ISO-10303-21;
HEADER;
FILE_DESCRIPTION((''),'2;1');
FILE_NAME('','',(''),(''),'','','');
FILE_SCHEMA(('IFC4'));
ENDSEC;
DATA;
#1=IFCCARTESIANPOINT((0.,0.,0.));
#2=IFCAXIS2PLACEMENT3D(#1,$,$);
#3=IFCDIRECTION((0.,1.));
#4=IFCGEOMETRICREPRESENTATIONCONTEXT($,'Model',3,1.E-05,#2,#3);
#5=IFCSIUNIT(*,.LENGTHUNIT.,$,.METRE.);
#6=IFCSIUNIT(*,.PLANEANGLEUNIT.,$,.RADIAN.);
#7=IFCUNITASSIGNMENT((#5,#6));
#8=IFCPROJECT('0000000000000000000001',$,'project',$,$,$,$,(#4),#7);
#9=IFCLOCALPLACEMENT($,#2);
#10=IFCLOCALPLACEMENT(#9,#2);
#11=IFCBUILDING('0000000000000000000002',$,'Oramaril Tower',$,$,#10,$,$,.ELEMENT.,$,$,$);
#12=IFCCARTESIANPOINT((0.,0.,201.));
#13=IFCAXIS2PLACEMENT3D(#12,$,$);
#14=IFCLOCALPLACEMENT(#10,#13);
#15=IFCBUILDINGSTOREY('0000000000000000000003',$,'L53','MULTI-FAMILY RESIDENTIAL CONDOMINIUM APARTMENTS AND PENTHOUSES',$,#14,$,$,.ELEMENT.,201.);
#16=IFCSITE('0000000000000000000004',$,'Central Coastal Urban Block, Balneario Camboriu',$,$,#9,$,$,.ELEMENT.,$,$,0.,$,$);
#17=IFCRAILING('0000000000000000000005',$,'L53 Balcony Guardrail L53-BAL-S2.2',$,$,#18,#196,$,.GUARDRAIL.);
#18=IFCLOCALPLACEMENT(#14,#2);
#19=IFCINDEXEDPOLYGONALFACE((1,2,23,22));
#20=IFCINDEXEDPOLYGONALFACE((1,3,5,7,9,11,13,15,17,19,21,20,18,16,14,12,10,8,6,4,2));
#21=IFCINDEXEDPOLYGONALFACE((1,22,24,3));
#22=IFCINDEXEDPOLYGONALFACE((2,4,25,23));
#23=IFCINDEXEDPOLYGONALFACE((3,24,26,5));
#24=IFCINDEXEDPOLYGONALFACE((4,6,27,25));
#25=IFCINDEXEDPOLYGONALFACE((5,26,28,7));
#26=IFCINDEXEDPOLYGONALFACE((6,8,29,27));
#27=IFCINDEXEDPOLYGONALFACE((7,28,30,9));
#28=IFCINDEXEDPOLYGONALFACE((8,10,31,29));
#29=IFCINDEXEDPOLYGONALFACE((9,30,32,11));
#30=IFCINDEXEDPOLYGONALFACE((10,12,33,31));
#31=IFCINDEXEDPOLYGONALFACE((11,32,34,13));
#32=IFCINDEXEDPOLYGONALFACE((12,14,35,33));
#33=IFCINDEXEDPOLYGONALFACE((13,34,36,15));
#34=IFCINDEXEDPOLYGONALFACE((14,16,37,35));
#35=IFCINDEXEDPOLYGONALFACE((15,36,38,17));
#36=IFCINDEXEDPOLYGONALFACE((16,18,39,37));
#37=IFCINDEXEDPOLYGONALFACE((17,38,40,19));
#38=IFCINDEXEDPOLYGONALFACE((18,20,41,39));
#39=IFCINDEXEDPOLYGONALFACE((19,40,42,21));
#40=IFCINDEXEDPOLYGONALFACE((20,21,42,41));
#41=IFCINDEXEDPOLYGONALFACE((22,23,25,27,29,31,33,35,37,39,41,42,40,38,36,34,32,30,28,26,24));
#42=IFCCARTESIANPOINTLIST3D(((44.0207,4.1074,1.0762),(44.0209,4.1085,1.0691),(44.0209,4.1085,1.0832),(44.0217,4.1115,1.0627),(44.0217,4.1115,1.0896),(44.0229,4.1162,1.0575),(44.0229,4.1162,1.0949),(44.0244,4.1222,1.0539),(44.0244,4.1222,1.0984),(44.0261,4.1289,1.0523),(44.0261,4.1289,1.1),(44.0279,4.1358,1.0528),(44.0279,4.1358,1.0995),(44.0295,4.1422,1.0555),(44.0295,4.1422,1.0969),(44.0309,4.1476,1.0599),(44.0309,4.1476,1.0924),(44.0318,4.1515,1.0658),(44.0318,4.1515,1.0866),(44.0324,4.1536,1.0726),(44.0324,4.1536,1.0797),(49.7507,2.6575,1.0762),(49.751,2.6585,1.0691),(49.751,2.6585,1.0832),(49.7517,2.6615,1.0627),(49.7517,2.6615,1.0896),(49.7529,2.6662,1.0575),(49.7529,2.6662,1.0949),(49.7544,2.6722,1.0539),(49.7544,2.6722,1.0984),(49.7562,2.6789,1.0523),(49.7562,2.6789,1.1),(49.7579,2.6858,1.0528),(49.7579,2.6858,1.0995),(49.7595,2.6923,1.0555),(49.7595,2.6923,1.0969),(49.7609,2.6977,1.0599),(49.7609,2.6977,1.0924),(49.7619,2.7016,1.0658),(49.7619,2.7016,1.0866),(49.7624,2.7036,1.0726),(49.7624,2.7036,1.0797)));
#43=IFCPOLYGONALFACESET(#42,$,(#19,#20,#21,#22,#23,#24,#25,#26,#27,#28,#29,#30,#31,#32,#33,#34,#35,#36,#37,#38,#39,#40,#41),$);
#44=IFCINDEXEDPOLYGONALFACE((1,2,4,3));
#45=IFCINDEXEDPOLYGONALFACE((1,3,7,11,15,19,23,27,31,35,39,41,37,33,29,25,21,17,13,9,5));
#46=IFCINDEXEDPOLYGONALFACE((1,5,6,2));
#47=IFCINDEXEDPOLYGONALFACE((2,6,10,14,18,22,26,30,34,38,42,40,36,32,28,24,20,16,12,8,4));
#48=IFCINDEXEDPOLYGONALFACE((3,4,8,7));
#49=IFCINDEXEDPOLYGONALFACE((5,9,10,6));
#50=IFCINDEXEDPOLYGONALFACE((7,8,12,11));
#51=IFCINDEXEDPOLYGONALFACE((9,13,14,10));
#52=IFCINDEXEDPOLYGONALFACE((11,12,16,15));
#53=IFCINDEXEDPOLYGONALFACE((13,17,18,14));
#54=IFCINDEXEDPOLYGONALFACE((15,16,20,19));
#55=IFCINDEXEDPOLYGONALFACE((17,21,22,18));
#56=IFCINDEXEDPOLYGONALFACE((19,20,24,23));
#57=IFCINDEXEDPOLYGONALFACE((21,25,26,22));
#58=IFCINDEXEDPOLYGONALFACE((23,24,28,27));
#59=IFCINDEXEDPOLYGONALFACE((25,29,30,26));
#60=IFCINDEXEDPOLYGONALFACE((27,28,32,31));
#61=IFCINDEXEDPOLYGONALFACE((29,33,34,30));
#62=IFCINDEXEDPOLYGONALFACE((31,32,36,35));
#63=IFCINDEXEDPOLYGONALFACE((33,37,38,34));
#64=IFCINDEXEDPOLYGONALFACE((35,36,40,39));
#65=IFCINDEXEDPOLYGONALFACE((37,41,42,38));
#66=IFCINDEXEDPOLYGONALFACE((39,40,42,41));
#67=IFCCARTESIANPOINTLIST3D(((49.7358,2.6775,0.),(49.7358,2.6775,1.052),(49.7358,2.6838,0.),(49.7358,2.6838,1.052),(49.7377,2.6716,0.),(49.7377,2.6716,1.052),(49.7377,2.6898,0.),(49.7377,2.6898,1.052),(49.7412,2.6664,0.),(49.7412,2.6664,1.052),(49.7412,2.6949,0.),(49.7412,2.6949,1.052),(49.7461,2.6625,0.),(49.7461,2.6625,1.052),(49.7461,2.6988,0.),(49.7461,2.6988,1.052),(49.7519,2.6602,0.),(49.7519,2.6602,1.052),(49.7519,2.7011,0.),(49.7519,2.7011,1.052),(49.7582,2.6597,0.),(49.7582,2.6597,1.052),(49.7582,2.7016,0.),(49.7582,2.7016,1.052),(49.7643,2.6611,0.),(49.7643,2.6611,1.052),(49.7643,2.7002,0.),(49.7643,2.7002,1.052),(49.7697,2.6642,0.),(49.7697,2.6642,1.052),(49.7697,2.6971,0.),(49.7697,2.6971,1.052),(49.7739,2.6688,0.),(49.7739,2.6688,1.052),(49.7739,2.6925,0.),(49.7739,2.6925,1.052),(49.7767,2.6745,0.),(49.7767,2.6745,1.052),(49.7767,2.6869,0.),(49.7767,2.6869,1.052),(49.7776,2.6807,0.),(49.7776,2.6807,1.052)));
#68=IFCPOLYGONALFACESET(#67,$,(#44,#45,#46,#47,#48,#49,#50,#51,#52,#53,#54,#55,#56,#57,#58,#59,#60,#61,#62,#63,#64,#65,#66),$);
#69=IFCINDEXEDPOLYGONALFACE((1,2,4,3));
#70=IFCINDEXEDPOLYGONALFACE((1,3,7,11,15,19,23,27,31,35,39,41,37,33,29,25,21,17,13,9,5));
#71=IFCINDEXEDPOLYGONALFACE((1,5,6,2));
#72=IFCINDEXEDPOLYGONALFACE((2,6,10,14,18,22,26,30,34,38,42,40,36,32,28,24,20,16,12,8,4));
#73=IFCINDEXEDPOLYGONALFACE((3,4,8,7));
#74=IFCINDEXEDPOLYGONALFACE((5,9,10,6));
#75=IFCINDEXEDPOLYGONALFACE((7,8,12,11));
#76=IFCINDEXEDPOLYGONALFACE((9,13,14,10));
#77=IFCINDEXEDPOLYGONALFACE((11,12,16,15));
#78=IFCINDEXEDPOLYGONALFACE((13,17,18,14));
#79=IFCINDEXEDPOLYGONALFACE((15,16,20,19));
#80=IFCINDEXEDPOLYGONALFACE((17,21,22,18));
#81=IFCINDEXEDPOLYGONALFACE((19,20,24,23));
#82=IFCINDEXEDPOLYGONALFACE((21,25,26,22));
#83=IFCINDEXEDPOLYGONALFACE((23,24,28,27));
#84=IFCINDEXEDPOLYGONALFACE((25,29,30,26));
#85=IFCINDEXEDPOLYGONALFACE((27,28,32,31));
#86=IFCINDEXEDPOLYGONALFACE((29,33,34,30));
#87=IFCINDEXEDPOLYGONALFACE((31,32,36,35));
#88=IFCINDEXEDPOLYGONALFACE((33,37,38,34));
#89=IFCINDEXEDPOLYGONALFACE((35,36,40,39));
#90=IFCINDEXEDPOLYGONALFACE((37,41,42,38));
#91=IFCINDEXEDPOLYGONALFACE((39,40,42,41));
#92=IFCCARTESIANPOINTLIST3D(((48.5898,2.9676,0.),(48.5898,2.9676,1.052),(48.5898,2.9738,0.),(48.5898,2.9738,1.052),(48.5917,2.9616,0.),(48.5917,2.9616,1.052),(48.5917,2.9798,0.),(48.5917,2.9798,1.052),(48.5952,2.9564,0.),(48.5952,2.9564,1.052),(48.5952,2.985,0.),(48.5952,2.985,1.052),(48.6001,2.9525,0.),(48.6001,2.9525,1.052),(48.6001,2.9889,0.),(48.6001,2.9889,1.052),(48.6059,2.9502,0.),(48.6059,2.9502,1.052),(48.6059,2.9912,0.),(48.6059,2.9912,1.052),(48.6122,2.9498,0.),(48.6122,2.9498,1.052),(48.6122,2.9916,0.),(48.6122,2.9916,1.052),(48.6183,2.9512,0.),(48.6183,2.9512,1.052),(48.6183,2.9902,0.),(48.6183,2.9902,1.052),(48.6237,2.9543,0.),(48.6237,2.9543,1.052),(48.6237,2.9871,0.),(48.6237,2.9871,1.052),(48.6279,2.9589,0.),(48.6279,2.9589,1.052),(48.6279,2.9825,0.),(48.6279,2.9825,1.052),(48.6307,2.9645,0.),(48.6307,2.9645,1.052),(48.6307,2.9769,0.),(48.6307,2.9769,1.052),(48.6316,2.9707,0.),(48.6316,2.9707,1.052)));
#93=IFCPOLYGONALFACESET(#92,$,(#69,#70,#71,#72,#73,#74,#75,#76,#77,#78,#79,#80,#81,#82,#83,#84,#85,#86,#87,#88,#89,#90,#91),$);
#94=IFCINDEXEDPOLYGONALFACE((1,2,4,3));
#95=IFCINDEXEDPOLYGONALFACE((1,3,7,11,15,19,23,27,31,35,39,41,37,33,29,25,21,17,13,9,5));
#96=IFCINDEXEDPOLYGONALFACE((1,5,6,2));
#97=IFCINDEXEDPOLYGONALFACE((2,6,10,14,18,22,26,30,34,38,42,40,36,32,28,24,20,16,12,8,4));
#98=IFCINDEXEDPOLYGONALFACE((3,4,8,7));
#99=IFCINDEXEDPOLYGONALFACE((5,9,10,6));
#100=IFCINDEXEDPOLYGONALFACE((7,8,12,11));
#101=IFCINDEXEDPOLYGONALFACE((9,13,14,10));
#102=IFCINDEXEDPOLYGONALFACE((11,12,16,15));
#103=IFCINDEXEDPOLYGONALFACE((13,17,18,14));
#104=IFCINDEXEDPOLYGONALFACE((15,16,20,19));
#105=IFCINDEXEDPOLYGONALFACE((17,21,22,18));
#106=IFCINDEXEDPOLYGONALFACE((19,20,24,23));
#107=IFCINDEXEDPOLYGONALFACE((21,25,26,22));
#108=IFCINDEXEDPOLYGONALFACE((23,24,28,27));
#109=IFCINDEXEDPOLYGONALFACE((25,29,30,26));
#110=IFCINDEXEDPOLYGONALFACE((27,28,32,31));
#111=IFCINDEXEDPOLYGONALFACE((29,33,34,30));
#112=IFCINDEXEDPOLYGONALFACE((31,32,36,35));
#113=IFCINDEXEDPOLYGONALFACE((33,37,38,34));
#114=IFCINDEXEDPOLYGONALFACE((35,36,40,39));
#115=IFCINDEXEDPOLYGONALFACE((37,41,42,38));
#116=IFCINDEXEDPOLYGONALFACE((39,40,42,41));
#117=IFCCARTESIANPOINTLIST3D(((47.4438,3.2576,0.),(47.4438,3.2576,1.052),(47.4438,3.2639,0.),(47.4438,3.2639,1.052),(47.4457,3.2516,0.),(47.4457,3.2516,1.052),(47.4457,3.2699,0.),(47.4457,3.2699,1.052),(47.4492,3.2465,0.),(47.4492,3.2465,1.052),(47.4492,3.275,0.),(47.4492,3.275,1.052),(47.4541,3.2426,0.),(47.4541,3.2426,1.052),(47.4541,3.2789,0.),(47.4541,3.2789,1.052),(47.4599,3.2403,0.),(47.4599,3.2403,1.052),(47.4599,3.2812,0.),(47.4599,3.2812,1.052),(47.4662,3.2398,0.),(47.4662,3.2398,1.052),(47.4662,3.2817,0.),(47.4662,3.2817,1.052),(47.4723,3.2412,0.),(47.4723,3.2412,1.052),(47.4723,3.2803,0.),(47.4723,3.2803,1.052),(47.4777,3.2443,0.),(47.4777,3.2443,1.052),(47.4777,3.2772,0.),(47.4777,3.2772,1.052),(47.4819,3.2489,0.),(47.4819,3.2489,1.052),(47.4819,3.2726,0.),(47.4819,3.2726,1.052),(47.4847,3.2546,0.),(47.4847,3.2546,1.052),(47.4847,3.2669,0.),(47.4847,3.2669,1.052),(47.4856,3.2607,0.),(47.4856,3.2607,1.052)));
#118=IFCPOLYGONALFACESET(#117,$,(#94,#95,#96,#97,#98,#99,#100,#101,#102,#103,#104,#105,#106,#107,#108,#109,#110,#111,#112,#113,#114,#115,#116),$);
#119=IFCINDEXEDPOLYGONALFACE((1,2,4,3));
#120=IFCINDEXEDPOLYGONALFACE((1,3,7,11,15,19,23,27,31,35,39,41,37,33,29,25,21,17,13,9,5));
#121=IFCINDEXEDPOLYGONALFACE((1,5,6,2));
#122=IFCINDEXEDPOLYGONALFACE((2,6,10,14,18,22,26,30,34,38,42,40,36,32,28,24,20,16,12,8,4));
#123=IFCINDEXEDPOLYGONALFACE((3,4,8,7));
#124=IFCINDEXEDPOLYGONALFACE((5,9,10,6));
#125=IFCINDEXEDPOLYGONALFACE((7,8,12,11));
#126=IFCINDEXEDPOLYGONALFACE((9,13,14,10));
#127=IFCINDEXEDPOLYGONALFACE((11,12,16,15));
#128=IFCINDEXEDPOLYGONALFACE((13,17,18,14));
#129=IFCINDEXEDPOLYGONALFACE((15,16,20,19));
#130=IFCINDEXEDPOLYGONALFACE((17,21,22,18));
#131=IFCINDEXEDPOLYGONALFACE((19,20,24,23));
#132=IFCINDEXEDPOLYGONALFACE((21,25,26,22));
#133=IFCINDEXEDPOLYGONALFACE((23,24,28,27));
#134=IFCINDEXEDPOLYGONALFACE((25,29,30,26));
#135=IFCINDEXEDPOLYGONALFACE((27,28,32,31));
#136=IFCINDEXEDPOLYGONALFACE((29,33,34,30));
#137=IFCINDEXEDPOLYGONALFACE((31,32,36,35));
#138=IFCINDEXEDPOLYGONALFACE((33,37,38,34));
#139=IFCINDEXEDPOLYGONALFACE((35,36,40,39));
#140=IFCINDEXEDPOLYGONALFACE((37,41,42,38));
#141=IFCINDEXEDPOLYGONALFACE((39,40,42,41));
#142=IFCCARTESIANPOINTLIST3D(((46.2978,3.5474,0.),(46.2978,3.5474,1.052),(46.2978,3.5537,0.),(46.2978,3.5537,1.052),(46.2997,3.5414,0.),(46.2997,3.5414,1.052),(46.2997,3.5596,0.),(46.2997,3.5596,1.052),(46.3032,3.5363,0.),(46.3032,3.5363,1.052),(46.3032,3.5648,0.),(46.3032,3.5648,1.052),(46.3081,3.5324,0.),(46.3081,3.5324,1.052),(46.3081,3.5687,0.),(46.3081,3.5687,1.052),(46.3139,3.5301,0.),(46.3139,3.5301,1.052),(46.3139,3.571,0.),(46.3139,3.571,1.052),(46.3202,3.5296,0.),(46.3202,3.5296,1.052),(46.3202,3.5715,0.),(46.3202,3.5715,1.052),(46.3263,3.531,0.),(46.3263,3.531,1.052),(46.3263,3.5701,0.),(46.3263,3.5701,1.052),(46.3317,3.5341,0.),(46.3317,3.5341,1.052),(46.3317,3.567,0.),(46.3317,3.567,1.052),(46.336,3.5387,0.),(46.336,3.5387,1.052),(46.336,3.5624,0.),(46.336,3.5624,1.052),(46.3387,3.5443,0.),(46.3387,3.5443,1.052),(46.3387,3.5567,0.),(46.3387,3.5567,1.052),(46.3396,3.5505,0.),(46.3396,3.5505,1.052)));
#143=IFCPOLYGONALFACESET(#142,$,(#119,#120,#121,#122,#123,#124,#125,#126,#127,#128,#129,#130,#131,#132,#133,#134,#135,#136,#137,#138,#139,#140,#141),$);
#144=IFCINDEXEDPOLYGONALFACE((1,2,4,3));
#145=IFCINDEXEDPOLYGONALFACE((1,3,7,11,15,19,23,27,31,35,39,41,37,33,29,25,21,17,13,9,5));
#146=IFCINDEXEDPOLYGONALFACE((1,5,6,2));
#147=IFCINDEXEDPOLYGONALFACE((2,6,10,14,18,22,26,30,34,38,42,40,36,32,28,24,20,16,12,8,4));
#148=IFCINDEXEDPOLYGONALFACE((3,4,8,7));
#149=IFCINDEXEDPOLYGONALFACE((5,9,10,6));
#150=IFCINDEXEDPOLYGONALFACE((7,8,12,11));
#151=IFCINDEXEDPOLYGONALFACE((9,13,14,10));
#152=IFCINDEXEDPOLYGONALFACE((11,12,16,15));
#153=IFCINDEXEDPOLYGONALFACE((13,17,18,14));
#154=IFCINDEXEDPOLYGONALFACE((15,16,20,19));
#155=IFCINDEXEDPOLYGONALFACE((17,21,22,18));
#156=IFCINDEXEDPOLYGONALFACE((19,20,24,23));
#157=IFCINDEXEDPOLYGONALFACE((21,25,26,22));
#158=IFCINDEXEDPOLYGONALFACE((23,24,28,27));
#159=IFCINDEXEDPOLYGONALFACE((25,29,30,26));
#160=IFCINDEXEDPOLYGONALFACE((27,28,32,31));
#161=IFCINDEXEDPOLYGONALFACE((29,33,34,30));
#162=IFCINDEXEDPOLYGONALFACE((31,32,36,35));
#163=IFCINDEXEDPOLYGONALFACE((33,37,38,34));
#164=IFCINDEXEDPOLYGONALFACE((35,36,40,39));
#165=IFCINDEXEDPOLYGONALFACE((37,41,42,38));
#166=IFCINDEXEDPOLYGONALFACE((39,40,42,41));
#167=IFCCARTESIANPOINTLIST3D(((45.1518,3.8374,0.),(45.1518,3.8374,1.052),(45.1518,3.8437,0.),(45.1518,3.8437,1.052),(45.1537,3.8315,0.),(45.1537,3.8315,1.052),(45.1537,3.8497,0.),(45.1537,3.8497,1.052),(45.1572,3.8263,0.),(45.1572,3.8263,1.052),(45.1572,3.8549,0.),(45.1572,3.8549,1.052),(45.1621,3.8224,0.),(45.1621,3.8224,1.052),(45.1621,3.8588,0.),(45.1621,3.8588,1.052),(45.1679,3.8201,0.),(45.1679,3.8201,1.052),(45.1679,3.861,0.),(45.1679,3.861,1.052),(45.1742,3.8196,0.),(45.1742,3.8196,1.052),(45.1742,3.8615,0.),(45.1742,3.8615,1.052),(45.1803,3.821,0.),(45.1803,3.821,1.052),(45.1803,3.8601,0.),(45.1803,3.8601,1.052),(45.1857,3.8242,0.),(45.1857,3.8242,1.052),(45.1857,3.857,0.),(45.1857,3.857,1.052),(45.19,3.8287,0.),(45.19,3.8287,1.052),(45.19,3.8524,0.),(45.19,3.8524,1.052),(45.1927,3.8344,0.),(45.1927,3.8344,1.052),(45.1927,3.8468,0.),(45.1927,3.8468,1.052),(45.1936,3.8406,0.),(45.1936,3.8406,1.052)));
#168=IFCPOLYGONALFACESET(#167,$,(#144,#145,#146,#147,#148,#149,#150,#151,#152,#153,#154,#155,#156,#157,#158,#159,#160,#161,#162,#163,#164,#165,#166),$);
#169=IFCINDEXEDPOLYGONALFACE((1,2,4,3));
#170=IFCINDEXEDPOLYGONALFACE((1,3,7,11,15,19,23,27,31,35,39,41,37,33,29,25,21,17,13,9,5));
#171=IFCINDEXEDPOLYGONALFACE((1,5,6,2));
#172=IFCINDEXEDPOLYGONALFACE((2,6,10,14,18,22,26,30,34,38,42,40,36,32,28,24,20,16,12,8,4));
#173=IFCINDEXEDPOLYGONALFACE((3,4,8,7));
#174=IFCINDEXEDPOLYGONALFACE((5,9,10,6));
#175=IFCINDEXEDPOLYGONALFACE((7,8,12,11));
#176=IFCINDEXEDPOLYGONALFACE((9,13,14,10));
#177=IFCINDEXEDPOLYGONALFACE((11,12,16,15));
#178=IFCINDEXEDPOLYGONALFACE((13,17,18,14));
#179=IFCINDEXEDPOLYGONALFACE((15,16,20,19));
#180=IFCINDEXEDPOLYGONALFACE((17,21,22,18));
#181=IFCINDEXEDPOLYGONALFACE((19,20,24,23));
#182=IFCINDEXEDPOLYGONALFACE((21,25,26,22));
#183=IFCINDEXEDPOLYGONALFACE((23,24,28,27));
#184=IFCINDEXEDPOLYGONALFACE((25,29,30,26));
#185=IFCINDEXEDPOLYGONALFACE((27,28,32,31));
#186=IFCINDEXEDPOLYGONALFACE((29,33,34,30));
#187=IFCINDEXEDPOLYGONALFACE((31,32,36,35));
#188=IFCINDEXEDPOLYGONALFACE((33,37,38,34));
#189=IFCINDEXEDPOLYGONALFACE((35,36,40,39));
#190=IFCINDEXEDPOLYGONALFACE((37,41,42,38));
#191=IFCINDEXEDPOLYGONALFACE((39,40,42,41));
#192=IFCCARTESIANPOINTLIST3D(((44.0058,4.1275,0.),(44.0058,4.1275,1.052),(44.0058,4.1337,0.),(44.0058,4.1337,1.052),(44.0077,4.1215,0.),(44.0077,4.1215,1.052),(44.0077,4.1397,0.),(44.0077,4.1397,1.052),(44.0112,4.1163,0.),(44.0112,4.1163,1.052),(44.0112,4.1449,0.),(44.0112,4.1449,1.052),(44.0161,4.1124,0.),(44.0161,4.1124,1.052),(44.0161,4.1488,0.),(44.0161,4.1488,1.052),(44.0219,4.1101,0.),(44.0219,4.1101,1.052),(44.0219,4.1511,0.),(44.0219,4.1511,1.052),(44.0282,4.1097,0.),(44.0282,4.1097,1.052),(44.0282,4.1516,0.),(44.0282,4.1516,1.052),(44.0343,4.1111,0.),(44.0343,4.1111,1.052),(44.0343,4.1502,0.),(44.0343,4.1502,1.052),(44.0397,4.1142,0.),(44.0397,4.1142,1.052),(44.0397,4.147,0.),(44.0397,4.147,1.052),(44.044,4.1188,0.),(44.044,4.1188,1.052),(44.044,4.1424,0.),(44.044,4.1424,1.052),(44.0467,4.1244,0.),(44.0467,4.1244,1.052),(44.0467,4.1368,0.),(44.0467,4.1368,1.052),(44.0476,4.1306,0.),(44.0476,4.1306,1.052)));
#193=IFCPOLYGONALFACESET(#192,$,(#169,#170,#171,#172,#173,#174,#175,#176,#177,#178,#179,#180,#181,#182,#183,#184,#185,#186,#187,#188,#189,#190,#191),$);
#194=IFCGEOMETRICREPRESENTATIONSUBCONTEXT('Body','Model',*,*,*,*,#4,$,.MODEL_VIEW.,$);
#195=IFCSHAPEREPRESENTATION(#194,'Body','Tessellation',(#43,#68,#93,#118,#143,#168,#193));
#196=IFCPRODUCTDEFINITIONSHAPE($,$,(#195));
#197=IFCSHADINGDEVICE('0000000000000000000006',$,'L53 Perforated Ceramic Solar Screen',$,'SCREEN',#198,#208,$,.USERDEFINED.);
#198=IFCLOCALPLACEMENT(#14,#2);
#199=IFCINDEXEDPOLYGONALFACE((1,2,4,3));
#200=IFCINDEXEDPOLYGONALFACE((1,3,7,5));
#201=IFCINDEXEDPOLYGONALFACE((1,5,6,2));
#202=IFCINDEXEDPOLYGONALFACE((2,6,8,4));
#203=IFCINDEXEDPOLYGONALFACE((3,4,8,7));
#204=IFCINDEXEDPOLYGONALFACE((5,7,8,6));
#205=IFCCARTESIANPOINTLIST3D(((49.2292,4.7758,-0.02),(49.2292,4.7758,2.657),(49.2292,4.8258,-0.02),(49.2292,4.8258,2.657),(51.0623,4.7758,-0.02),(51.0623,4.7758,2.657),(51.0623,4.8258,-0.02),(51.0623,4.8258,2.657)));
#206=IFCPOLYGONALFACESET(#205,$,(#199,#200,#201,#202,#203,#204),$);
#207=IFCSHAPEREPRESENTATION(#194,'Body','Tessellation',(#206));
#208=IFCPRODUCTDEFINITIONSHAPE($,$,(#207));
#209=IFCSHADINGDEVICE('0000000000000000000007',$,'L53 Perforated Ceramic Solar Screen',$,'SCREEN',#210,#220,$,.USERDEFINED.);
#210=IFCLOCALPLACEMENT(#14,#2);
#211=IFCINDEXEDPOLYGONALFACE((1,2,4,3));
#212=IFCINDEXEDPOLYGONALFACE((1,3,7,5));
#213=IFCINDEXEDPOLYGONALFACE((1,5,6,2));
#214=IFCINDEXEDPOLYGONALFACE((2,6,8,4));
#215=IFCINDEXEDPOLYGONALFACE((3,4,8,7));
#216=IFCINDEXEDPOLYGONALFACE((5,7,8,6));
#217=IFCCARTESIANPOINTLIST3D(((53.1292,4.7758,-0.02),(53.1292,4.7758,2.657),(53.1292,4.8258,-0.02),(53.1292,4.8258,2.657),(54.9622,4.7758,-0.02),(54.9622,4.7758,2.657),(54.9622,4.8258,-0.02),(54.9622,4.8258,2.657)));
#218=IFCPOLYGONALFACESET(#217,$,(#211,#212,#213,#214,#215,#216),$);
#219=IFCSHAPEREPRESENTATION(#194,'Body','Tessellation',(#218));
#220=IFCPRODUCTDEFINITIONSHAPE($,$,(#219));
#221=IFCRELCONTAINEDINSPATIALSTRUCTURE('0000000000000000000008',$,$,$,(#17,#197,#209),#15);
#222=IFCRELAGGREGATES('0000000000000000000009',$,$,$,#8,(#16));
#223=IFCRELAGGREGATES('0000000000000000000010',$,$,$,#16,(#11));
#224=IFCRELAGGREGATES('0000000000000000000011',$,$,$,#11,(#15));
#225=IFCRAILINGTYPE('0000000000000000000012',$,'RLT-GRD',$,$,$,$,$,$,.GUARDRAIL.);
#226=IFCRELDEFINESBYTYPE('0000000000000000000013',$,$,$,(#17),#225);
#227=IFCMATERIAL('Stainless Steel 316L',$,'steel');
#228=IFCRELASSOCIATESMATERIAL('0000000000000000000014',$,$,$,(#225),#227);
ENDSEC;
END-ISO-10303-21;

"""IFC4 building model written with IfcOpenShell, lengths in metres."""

from ifc_helpers import new_model, si_unit, direction, frame, origin, origin_2d, place, context, subcontext, project, spatial, rectangle, circle, extrude, material, type_object, element, save


model = new_model("IFC4")

# Units and contexts
model_context = context("Model", 3, precision=1e-05, world=origin(), true_north=direction((0.0, 1.0)))
body_context = subcontext(model_context, "Body", "Model", "MODEL_VIEW")
ifc_project = project(units=[si_unit("LENGTHUNIT", "METRE"), si_unit("PLANEANGLEUNIT", "RADIAN")], contexts=[model_context])

# Site, building, storey
site_placement = place(None, origin())
site = spatial("IfcSite", under=ifc_project, at=site_placement, Name="Central Coastal Urban Block, Balneario Camboriu", CompositionType="ELEMENT", RefElevation=0.0)
building_placement = place(site_placement, origin())
building = spatial("IfcBuilding", under=site, at=building_placement, Name="Oramaril Tower", CompositionType="ELEMENT")
storey_placement = place(building_placement, frame((0.0, 0.0, 201.0)))
storey = spatial("IfcBuildingStorey", under=building, at=storey_placement, Name="L53", Description="MULTI-FAMILY RESIDENTIAL CONDOMINIUM APARTMENTS AND PENTHOUSES", CompositionType="ELEMENT", Elevation=201.0)

# Railing
ifc_material_1 = material(Name="Stainless Steel 316L", Category="steel")
railing_type = type_object("IfcRailingType", Name="RLT-GRD", PredefinedType="GUARDRAIL", material=ifc_material_1)
railing_1_placement = place(storey_placement, frame((49.7566, 2.6807, 0.0)))
element("IfcRailing", 1, at=railing_1_placement, inside=storey, type_object=railing_type, Name="L53 Balcony Guardrail L53-BAL-S2.2", PredefinedType="GUARDRAIL", context=body_context, shape_type="SweptSolid", body=[
    extrude(circle(Radius=0.0239, at=origin_2d()), frame((0.0, 0.0, 1.0762), z_axis=(-0.969444, 0.245314, 0.0), x_axis=(-0.245314, -0.969444, 0.0)), (0.0, 0.0, 1.0), 5.9106),
    extrude(circle(Radius=0.021, at=origin_2d()), origin(), (0.0, 0.0, 1.0), 1.052),
    extrude(circle(Radius=0.021, at=origin_2d()), frame((-1.146, 0.29, 0.0)), (0.0, 0.0, 1.0), 1.052),
    extrude(circle(Radius=0.021, at=origin_2d()), frame((-2.292, 0.5801, 0.0)), (0.0, 0.0, 1.0), 1.052),
    extrude(circle(Radius=0.021, at=origin_2d()), frame((-3.438, 0.8699, 0.0)), (0.0, 0.0, 1.0), 1.052),
    extrude(circle(Radius=0.021, at=origin_2d()), frame((-4.584, 1.1599, 0.0)), (0.0, 0.0, 1.0), 1.052),
    extrude(circle(Radius=0.021, at=origin_2d()), frame((-5.73, 1.45, 0.0)), (0.0, 0.0, 1.0), 1.052),
])

# Shading devices
for number, where, z_axis, x_axis, name in (
    (2, (50.1458, 4.8008, -0.02), (0.0, 0.0, 1.0), (1.0, 0.0, 0.0), "L53 Perforated Ceramic Solar Screen"),
    (3, (54.0457, 4.8008, -0.02), (0.0, 0.0, 1.0), (1.0, 0.0, 0.0), "L53 Perforated Ceramic Solar Screen"),
):
    element("IfcShadingDevice", number, at=place(storey_placement, frame(where, z_axis=z_axis, x_axis=x_axis)), inside=storey, Name=name, ObjectType="SCREEN", PredefinedType="USERDEFINED", context=body_context, shape_type="SweptSolid", body=[
        extrude(rectangle(XDim=1.833, YDim=0.05, at=origin_2d()), origin(), (0.0, 0.0, 1.0), 2.677),
    ])

save(model, "model.ifc")
